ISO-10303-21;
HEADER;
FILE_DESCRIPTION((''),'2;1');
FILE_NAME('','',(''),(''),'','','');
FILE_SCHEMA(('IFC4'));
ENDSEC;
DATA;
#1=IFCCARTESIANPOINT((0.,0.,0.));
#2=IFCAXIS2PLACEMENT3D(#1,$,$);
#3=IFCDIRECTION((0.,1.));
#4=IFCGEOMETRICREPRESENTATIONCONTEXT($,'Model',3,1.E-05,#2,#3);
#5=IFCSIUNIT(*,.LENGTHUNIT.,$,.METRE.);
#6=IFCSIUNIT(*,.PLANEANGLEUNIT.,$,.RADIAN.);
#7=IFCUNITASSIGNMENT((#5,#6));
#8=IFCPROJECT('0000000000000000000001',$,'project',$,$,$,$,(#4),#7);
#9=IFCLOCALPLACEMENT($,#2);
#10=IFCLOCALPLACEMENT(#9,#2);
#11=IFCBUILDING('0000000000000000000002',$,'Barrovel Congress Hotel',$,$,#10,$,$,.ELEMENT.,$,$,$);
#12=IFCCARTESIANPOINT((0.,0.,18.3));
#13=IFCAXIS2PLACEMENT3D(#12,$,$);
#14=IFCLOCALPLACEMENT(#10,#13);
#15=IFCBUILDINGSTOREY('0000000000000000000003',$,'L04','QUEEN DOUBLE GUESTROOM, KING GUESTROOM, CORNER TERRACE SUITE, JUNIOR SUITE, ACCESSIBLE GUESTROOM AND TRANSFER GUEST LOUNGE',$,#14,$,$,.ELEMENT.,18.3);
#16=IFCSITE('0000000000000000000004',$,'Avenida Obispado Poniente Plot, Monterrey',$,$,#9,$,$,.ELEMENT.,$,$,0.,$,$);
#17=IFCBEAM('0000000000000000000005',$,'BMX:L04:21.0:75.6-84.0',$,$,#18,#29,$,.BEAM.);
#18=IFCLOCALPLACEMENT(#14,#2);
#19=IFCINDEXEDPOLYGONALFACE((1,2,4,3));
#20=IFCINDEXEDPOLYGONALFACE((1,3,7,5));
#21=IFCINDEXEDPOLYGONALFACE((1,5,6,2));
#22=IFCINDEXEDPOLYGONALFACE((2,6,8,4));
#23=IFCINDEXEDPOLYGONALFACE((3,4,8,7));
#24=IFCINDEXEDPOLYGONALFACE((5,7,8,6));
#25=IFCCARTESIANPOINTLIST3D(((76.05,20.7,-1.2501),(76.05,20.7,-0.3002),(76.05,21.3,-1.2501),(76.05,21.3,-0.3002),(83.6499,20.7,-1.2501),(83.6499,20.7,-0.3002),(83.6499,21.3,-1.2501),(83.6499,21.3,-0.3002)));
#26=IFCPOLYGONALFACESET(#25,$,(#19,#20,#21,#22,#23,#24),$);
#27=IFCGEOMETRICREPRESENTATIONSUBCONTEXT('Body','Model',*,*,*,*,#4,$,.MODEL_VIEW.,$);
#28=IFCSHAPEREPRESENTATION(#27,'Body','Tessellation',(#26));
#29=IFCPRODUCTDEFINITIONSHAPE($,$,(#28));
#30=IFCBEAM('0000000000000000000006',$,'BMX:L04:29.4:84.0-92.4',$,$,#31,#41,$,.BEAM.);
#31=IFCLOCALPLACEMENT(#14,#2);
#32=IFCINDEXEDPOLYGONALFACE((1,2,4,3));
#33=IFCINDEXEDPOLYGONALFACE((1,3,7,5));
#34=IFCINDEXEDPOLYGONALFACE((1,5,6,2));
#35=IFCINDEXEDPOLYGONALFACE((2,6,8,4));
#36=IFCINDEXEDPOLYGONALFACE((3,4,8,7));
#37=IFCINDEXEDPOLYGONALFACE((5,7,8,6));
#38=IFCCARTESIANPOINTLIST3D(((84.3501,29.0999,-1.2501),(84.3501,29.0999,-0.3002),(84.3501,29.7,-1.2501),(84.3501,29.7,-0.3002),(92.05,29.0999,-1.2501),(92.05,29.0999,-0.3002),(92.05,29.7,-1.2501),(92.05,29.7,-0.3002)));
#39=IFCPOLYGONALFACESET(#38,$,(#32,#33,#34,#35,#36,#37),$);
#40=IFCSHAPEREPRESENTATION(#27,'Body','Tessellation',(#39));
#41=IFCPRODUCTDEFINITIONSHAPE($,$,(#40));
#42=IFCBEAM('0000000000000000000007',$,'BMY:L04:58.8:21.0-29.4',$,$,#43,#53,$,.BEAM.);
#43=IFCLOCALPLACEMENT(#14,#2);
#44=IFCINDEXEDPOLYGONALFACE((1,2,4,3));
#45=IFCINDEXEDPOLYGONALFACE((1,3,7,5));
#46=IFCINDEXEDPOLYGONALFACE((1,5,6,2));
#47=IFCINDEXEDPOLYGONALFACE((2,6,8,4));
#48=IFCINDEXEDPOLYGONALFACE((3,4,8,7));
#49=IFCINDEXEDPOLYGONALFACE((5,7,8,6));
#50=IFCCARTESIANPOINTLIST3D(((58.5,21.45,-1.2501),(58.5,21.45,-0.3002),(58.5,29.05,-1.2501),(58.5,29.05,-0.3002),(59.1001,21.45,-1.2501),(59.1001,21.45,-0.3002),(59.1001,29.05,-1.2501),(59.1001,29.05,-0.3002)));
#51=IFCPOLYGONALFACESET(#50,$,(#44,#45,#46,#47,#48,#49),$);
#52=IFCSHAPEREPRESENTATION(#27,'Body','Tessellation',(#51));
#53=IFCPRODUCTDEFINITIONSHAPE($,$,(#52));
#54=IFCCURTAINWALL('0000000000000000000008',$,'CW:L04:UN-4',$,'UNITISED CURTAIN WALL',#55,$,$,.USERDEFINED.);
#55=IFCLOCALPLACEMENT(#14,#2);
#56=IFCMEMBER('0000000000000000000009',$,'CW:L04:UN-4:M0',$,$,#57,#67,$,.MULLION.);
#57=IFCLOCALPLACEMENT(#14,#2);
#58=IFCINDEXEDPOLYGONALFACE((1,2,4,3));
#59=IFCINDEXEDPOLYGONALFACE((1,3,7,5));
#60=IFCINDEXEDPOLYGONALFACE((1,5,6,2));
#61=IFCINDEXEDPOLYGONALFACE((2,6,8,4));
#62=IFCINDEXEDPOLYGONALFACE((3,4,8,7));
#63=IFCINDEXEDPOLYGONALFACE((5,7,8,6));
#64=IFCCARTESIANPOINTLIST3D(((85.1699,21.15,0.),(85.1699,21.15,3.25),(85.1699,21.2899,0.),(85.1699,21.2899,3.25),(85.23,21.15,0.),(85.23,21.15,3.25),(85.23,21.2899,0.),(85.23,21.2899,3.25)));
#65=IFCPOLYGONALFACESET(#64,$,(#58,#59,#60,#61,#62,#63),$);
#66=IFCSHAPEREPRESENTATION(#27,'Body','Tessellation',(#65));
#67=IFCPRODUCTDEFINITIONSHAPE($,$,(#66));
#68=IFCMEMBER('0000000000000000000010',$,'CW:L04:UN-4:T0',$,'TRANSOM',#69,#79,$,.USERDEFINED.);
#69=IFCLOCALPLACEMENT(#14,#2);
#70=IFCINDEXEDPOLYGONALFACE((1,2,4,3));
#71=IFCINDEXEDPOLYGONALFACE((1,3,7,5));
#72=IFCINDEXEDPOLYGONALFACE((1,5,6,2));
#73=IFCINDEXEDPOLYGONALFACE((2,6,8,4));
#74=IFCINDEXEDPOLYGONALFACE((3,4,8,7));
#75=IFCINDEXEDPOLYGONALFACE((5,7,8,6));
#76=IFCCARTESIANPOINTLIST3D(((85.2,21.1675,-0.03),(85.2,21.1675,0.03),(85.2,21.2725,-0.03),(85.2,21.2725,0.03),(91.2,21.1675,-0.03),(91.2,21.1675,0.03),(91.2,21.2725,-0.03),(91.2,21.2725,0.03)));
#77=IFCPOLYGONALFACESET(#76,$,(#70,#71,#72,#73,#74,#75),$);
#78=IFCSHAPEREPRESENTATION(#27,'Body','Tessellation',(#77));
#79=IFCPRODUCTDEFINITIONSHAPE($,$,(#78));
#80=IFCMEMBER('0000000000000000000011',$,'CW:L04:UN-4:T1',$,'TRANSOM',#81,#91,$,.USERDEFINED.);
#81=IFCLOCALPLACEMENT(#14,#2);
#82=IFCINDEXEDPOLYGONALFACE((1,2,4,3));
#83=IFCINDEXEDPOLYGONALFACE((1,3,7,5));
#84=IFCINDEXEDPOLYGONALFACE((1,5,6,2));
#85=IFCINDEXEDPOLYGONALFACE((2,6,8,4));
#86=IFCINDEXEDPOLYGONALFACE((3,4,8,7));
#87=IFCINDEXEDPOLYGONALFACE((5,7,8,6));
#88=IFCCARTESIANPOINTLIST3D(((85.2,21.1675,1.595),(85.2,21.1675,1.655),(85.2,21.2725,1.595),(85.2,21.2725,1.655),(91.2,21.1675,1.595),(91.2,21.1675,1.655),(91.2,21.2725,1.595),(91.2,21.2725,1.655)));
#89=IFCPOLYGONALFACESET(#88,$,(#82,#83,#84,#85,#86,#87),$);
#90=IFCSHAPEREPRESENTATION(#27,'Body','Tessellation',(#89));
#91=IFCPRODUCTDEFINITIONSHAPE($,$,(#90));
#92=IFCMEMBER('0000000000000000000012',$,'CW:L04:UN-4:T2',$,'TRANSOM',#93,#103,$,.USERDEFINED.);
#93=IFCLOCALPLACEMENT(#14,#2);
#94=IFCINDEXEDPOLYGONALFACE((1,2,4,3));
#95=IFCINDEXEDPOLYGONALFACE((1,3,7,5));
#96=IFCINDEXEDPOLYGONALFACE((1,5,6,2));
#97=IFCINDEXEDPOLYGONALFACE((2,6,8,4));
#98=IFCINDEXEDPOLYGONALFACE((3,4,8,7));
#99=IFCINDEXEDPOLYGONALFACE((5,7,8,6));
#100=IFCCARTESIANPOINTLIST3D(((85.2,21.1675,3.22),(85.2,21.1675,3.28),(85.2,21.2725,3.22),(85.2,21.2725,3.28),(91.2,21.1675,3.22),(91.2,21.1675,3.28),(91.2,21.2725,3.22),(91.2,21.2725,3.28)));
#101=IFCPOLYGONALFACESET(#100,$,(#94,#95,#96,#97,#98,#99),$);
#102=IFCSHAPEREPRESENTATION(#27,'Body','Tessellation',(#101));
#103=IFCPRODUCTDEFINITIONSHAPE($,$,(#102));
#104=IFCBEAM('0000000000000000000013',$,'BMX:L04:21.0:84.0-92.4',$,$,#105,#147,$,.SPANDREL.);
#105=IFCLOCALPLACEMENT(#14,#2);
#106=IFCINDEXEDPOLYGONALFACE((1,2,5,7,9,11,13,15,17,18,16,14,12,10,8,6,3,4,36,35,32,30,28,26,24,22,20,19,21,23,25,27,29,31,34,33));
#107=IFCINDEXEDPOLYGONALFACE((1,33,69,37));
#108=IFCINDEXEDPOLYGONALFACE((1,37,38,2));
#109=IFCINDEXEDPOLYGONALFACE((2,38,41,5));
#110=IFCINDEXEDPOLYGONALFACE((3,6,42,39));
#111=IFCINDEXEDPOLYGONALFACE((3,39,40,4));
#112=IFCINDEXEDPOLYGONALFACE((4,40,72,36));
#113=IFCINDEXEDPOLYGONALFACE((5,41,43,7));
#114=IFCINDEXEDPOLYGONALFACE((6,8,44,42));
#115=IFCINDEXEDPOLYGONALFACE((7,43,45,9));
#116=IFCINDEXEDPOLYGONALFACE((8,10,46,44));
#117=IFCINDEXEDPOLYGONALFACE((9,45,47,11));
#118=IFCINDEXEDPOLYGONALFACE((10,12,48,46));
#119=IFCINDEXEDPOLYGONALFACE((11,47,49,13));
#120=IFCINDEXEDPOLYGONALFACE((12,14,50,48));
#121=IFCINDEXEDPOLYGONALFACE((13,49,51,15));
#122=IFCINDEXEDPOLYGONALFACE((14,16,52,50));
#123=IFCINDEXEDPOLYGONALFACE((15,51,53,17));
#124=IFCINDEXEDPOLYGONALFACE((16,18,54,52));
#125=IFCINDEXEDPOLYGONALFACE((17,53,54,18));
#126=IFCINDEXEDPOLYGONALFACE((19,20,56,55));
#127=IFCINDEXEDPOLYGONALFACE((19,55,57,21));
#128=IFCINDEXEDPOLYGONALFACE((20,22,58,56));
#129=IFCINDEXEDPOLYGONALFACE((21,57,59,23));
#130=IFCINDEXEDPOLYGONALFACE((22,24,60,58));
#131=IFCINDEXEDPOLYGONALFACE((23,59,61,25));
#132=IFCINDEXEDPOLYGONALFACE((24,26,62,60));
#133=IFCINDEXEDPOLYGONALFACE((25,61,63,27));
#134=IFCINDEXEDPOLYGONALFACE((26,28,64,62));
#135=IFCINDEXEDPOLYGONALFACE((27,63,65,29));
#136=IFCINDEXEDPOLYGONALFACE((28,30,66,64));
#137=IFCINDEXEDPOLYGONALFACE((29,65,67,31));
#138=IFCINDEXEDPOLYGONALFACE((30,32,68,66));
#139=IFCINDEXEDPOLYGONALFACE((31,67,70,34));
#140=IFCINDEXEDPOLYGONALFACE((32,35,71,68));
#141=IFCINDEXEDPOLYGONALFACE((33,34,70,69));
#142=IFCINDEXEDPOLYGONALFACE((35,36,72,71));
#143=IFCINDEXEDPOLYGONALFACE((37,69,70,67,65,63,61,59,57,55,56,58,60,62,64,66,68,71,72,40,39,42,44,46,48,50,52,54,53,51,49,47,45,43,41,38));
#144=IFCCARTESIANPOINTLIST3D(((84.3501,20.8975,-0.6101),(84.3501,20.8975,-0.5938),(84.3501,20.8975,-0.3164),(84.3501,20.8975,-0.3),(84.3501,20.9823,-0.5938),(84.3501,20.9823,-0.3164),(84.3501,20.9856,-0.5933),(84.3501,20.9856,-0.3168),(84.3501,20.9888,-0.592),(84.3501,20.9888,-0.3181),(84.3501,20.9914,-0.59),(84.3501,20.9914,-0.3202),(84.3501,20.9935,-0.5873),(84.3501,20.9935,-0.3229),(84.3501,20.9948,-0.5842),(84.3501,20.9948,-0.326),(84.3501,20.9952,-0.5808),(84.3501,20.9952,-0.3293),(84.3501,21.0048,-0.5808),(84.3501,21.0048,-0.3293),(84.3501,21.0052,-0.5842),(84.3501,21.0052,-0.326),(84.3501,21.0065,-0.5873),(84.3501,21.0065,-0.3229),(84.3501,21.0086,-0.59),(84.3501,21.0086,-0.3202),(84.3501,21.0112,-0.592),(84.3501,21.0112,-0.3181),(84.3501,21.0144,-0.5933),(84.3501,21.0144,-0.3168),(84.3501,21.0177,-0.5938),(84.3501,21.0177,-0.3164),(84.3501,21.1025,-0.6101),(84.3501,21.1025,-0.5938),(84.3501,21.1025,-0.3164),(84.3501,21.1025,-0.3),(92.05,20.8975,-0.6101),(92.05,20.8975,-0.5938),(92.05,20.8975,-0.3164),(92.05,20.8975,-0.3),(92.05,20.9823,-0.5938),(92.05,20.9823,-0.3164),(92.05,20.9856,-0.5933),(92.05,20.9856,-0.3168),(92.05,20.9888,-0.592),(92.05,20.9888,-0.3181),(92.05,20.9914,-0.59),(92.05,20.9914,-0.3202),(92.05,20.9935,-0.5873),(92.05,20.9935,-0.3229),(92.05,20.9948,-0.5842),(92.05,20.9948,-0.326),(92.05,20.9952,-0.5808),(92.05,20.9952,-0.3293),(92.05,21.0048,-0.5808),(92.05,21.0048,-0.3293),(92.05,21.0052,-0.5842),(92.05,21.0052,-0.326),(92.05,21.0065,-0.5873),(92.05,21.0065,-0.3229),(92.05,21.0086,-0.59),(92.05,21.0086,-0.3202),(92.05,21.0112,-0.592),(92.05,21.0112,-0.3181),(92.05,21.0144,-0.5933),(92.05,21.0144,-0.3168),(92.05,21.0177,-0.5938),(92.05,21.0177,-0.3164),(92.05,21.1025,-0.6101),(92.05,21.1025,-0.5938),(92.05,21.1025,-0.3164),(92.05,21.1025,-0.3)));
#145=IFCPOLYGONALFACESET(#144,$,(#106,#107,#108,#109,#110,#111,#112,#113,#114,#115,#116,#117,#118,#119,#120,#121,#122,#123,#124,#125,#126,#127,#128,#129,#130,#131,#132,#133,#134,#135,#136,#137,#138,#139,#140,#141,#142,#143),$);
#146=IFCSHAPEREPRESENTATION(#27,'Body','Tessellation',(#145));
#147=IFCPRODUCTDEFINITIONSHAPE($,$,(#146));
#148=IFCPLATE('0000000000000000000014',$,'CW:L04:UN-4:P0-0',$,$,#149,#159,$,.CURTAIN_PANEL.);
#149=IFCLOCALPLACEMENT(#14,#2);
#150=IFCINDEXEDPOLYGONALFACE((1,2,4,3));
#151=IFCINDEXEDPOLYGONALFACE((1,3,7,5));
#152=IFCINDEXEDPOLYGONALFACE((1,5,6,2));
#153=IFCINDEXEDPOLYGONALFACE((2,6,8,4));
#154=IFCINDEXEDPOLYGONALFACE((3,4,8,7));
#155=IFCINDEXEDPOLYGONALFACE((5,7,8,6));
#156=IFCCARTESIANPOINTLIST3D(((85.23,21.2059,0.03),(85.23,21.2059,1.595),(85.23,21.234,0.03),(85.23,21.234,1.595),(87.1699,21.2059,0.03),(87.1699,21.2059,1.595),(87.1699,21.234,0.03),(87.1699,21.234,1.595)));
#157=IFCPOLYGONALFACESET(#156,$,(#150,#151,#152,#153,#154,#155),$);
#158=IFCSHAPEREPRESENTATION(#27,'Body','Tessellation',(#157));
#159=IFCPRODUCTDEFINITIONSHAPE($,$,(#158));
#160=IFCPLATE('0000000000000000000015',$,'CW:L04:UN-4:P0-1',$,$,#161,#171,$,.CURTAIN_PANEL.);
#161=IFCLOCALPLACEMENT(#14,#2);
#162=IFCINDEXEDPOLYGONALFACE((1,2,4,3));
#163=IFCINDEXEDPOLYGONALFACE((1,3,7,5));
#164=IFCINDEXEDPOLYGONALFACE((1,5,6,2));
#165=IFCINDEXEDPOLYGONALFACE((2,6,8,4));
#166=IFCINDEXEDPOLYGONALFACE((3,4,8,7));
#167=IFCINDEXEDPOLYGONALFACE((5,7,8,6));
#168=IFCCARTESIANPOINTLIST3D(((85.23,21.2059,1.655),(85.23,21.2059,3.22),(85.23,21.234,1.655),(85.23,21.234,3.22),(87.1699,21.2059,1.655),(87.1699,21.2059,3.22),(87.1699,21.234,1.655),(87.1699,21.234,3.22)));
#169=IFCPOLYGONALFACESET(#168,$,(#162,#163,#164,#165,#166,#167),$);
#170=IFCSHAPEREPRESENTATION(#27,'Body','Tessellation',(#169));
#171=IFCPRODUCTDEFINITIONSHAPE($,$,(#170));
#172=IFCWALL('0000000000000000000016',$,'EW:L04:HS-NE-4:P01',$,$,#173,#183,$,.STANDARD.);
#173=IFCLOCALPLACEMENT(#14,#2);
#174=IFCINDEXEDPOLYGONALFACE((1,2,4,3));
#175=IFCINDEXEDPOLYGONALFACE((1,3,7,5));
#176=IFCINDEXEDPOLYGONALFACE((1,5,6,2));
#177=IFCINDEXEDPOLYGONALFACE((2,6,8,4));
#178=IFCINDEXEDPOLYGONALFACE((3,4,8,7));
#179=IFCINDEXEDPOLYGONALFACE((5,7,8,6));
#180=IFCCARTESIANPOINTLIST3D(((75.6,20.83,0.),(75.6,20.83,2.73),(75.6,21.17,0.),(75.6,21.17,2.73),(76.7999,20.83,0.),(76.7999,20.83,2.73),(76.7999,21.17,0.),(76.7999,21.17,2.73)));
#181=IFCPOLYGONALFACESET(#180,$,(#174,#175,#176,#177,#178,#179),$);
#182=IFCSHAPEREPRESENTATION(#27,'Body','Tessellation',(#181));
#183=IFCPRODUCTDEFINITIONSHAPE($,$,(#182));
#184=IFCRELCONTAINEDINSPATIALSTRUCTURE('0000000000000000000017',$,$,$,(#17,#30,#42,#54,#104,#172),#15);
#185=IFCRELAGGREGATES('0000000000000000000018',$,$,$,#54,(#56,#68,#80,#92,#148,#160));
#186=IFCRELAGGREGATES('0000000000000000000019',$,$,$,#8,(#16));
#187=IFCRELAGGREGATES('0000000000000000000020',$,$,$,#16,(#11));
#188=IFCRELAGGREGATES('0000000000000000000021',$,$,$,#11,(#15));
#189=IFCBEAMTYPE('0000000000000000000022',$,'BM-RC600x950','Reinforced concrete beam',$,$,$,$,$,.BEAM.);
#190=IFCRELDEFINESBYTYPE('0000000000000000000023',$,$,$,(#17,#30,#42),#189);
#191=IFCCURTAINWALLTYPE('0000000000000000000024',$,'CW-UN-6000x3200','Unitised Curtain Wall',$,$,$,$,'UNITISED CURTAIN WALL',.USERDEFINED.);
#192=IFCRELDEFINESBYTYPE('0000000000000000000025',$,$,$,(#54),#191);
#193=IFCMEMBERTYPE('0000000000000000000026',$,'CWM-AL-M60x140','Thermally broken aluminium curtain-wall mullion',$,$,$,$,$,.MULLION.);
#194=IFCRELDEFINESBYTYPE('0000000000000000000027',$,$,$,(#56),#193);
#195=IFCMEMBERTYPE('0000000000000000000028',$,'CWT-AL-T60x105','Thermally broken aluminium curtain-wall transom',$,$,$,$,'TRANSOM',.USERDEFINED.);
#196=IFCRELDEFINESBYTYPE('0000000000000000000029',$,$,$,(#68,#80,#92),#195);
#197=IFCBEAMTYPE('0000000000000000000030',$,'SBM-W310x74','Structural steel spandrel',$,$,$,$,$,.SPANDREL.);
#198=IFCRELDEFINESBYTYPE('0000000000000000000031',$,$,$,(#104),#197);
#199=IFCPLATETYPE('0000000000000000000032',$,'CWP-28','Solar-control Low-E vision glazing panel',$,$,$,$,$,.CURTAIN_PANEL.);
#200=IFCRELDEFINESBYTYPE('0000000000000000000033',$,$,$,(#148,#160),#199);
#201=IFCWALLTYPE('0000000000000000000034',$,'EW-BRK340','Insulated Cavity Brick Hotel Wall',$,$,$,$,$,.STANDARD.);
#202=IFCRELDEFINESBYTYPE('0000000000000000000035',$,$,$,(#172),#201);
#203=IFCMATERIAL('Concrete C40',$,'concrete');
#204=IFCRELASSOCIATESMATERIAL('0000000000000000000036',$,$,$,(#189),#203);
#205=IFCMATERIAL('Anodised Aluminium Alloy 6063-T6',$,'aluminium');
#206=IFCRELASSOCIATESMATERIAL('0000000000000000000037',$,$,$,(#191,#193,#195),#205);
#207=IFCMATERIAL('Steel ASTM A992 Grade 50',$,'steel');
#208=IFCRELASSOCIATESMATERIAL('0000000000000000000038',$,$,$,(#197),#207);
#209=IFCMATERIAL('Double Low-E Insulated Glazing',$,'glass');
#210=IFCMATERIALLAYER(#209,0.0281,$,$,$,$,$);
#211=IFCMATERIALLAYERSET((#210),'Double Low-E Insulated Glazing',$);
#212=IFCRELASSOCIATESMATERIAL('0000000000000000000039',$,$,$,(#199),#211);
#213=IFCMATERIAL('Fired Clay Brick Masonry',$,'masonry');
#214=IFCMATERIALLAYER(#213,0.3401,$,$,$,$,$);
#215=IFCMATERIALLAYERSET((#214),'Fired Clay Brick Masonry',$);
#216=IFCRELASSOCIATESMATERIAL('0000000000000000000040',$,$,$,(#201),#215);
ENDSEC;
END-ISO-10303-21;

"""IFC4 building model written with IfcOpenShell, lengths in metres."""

from ifc_helpers import new_model, si_unit, direction, frame, frame_2d, origin, origin_2d, place, context, subcontext, project, spatial, rectangle, i_section, extrude, material, layer, layer_set, material_profile, profile_set, type_object, element, aggregate, save


model = new_model("IFC4")

# Units and contexts
model_context = context("Model", 3, precision=1e-05, world=origin(), true_north=direction((0.0, 1.0)))
body_context = subcontext(model_context, "Body", "Model", "MODEL_VIEW")
ifc_project = project(units=[si_unit("LENGTHUNIT", "METRE"), si_unit("PLANEANGLEUNIT", "RADIAN")], contexts=[model_context])

# Site, building, storey
site_placement = place(None, origin())
site = spatial("IfcSite", under=ifc_project, at=site_placement, Name="Avenida Obispado Poniente Plot, Monterrey", CompositionType="ELEMENT", RefElevation=0.0)
building_placement = place(site_placement, origin())
building = spatial("IfcBuilding", under=site, at=building_placement, Name="Barrovel Congress Hotel", CompositionType="ELEMENT")
storey_placement = place(building_placement, frame((0.0, 0.0, 18.3)))
storey = spatial("IfcBuildingStorey", under=building, at=storey_placement, Name="L04", Description="QUEEN DOUBLE GUESTROOM, KING GUESTROOM, CORNER TERRACE SUITE, JUNIOR SUITE, ACCESSIBLE GUESTROOM AND TRANSFER GUEST LOUNGE", CompositionType="ELEMENT", Elevation=18.3)

# Shared definitions
ifc_material_1 = material(Name="Concrete C40", Category="concrete")

# Beams
ifc_material_profile_1 = material_profile(ifc_material_1, rectangle(XDim=0.6001, YDim=0.95, at=origin_2d()), Name="RC600x950")
ifc_profile_set_1 = profile_set([ifc_material_profile_1], Name="Concrete C40")
beam_type_1 = type_object("IfcBeamType", Name="BM-RC600x950", Description="Reinforced concrete beam", PredefinedType="BEAM", material=ifc_profile_set_1)
beam_1_placement = place(storey_placement, frame((76.05, 21.0, -0.7751), z_axis=(1.0, 0.0, 0.0), x_axis=(0.0, 1.0, 0.0)))
element("IfcBeam", 1, at=beam_1_placement, inside=storey, type_object=beam_type_1, Name="BMX:L04:21.0:75.6-84.0", PredefinedType="BEAM", context=body_context, shape_type="SweptSolid", body=[
    extrude(rectangle(XDim=0.6001, YDim=0.95, at=origin_2d()), origin(), (0.0, 0.0, 1.0), 7.5999),
])
beam_2_placement = place(storey_placement, frame((84.3501, 29.3999, -0.7751), z_axis=(1.0, 0.0, 0.0), x_axis=(0.0, 1.0, 0.0)))
element("IfcBeam", 2, at=beam_2_placement, inside=storey, type_object=beam_type_1, Name="BMX:L04:29.4:84.0-92.4", PredefinedType="BEAM", context=body_context, shape_type="SweptSolid", body=[
    extrude(rectangle(XDim=0.6001, YDim=0.95, at=origin_2d()), origin(), (0.0, 0.0, 1.0), 7.7),
])
beam_3_placement = place(storey_placement, frame((58.8, 21.45, -0.7751), z_axis=(0.0, 1.0, 0.0), x_axis=(-1.0, 0.0, 0.0)))
element("IfcBeam", 3, at=beam_3_placement, inside=storey, type_object=beam_type_1, Name="BMY:L04:58.8:21.0-29.4", PredefinedType="BEAM", context=body_context, shape_type="SweptSolid", body=[
    extrude(rectangle(XDim=0.6001, YDim=0.95, at=origin_2d()), origin(), (0.0, 0.0, 1.0), 7.6001),
])

# Curtain wall, members
ifc_material_2 = material(Name="Anodised Aluminium Alloy 6063-T6", Category="aluminium")
curtain_wall_type = type_object("IfcCurtainWallType", Name="CW-UN-6000x3200", Description="Unitised Curtain Wall", ElementType="UNITISED CURTAIN WALL", PredefinedType="USERDEFINED", material=ifc_material_2)
curtain_wall_placement = place(storey_placement, origin())
curtain_wall = element("IfcCurtainWall", 4, at=curtain_wall_placement, inside=storey, type_object=curtain_wall_type, Name="CW:L04:UN-4", ObjectType="UNITISED CURTAIN WALL", PredefinedType="USERDEFINED")
ifc_material_profile_2 = material_profile(ifc_material_2, rectangle(XDim=0.0601, YDim=0.1399, at=origin_2d()), Name="AL-M60x140")
ifc_profile_set_2 = profile_set([ifc_material_profile_2], Name="Anodised Aluminium Alloy 6063-T6")
member_type_1 = type_object("IfcMemberType", Name="CWM-AL-M60x140", Description="Thermally broken aluminium curtain-wall mullion", PredefinedType="MULLION", material=ifc_profile_set_2)
member_1_placement = place(storey_placement, frame((85.2, 21.22, 0.0), z_axis=(0.0, 0.0, 1.0), x_axis=(1.0, 0.0, 0.0)))
member_1 = element("IfcMember", 5, at=member_1_placement, type_object=member_type_1, Name="CW:L04:UN-4:M0", PredefinedType="MULLION", context=body_context, shape_type="SweptSolid", body=[
    extrude(rectangle(XDim=0.0601, YDim=0.1399, at=origin_2d()), origin(), (0.0, 0.0, 1.0), 3.25),
])
ifc_material_profile_3 = material_profile(ifc_material_2, rectangle(XDim=0.105, YDim=0.0601, at=origin_2d()), Name="AL-T60x105")
ifc_profile_set_3 = profile_set([ifc_material_profile_3], Name="Anodised Aluminium Alloy 6063-T6")
member_type_2 = type_object("IfcMemberType", Name="CWT-AL-T60x105", Description="Thermally broken aluminium curtain-wall transom", ElementType="TRANSOM", PredefinedType="USERDEFINED", material=ifc_profile_set_3)
member_2_placement = place(storey_placement, frame((85.2, 21.22, 0.0), z_axis=(1.0, 0.0, 0.0), x_axis=(0.0, 1.0, 0.0)))
member_2 = element("IfcMember", 6, at=member_2_placement, type_object=member_type_2, Name="CW:L04:UN-4:T0", ObjectType="TRANSOM", PredefinedType="USERDEFINED", context=body_context, shape_type="SweptSolid", body=[
    extrude(rectangle(XDim=0.105, YDim=0.0601, at=origin_2d()), origin(), (0.0, 0.0, 1.0), 6.0),
])
member_3_placement = place(storey_placement, frame((85.2, 21.22, 1.625), z_axis=(1.0, 0.0, 0.0), x_axis=(0.0, 1.0, 0.0)))
member_3 = element("IfcMember", 7, at=member_3_placement, type_object=member_type_2, Name="CW:L04:UN-4:T1", ObjectType="TRANSOM", PredefinedType="USERDEFINED", context=body_context, shape_type="SweptSolid", body=[
    extrude(rectangle(XDim=0.105, YDim=0.0601, at=origin_2d()), origin(), (0.0, 0.0, 1.0), 6.0),
])
member_4_placement = place(storey_placement, frame((85.2, 21.22, 3.25), z_axis=(1.0, 0.0, 0.0), x_axis=(0.0, 1.0, 0.0)))
member_4 = element("IfcMember", 8, at=member_4_placement, type_object=member_type_2, Name="CW:L04:UN-4:T2", ObjectType="TRANSOM", PredefinedType="USERDEFINED", context=body_context, shape_type="SweptSolid", body=[
    extrude(rectangle(XDim=0.105, YDim=0.0601, at=origin_2d()), origin(), (0.0, 0.0, 1.0), 6.0),
])

# Beam
ifc_material_3 = material(Name="Steel ASTM A992 Grade 50", Category="steel")
ifc_material_profile_4 = material_profile(ifc_material_3, i_section(OverallWidth=0.2051, OverallDepth=0.3101, WebThickness=0.0095, FlangeThickness=0.0164, FilletRadius=0.0129, at=origin_2d()), Name="W310x74")
ifc_profile_set_4 = profile_set([ifc_material_profile_4], Name="Steel ASTM A992 Grade 50")
beam_type_2 = type_object("IfcBeamType", Name="SBM-W310x74", Description="Structural steel spandrel", PredefinedType="SPANDREL", material=ifc_profile_set_4)
beam_4_placement = place(storey_placement, frame((84.3501, 21.0, -0.4551), z_axis=(1.0, 0.0, 0.0), x_axis=(0.0, 1.0, 0.0)))
element("IfcBeam", 9, at=beam_4_placement, inside=storey, type_object=beam_type_2, Name="BMX:L04:21.0:84.0-92.4", PredefinedType="SPANDREL", context=body_context, shape_type="SweptSolid", body=[
    extrude(i_section(OverallWidth=0.2051, OverallDepth=0.3101, WebThickness=0.0095, FlangeThickness=0.0164, FilletRadius=0.0129, at=origin_2d()), origin(), (0.0, 0.0, 1.0), 7.7),
])

# Plates
ifc_material_4 = material(Name="Double Low-E Insulated Glazing", Category="glass")
ifc_layer_1 = layer(ifc_material_4, 0.0281)
ifc_layer_set_1 = layer_set([ifc_layer_1], Name="Double Low-E Insulated Glazing")
plate_type = type_object("IfcPlateType", Name="CWP-28", Description="Solar-control Low-E vision glazing panel", PredefinedType="CURTAIN_PANEL", material=ifc_layer_set_1)
plate_1_placement = place(storey_placement, frame((86.2, 21.22, 0.03), z_axis=(0.0, 0.0, 1.0), x_axis=(1.0, 0.0, 0.0)))
plate_1 = element("IfcPlate", 10, at=plate_1_placement, type_object=plate_type, Name="CW:L04:UN-4:P0-0", PredefinedType="CURTAIN_PANEL", context=body_context, shape_type="SweptSolid", body=[
    extrude(rectangle(XDim=1.9399, YDim=0.0281, at=origin_2d()), origin(), (0.0, 0.0, 1.0), 1.5649),
])
plate_2_placement = place(storey_placement, frame((86.2, 21.22, 1.655), z_axis=(0.0, 0.0, 1.0), x_axis=(1.0, 0.0, 0.0)))
plate_2 = element("IfcPlate", 11, at=plate_2_placement, type_object=plate_type, Name="CW:L04:UN-4:P0-1", PredefinedType="CURTAIN_PANEL", context=body_context, shape_type="SweptSolid", body=[
    extrude(rectangle(XDim=1.9399, YDim=0.0281, at=origin_2d()), origin(), (0.0, 0.0, 1.0), 1.5649),
])
aggregate(curtain_wall, [member_1, member_2, member_3, member_4, plate_1, plate_2])

# Wall
ifc_material_5 = material(Name="Fired Clay Brick Masonry", Category="masonry")
ifc_layer_2 = layer(ifc_material_5, 0.3401)
ifc_layer_set_2 = layer_set([ifc_layer_2], Name="Fired Clay Brick Masonry")
wall_type_1 = type_object("IfcWallType", Name="EW-BRK340", Description="Insulated Cavity Brick Hotel Wall", PredefinedType="STANDARD", material=ifc_layer_set_2)
wall_1_placement = place(storey_placement, frame((76.8, 21.0, 0.0), z_axis=(0.0, 0.0, 1.0), x_axis=(-1.0, 0.0, 0.0)))
element("IfcWall", 12, at=wall_1_placement, inside=storey, type_object=wall_type_1, Name="EW:L04:HS-NE-4:P01", PredefinedType="STANDARD", context=body_context, shape_type="SweptSolid", body=[
    extrude(rectangle(XDim=1.2, YDim=0.3401, at=frame_2d((0.6001, 0.0))), origin(), (0.0, 0.0, 1.0), 2.73),
])

save(model, "model.ifc")
